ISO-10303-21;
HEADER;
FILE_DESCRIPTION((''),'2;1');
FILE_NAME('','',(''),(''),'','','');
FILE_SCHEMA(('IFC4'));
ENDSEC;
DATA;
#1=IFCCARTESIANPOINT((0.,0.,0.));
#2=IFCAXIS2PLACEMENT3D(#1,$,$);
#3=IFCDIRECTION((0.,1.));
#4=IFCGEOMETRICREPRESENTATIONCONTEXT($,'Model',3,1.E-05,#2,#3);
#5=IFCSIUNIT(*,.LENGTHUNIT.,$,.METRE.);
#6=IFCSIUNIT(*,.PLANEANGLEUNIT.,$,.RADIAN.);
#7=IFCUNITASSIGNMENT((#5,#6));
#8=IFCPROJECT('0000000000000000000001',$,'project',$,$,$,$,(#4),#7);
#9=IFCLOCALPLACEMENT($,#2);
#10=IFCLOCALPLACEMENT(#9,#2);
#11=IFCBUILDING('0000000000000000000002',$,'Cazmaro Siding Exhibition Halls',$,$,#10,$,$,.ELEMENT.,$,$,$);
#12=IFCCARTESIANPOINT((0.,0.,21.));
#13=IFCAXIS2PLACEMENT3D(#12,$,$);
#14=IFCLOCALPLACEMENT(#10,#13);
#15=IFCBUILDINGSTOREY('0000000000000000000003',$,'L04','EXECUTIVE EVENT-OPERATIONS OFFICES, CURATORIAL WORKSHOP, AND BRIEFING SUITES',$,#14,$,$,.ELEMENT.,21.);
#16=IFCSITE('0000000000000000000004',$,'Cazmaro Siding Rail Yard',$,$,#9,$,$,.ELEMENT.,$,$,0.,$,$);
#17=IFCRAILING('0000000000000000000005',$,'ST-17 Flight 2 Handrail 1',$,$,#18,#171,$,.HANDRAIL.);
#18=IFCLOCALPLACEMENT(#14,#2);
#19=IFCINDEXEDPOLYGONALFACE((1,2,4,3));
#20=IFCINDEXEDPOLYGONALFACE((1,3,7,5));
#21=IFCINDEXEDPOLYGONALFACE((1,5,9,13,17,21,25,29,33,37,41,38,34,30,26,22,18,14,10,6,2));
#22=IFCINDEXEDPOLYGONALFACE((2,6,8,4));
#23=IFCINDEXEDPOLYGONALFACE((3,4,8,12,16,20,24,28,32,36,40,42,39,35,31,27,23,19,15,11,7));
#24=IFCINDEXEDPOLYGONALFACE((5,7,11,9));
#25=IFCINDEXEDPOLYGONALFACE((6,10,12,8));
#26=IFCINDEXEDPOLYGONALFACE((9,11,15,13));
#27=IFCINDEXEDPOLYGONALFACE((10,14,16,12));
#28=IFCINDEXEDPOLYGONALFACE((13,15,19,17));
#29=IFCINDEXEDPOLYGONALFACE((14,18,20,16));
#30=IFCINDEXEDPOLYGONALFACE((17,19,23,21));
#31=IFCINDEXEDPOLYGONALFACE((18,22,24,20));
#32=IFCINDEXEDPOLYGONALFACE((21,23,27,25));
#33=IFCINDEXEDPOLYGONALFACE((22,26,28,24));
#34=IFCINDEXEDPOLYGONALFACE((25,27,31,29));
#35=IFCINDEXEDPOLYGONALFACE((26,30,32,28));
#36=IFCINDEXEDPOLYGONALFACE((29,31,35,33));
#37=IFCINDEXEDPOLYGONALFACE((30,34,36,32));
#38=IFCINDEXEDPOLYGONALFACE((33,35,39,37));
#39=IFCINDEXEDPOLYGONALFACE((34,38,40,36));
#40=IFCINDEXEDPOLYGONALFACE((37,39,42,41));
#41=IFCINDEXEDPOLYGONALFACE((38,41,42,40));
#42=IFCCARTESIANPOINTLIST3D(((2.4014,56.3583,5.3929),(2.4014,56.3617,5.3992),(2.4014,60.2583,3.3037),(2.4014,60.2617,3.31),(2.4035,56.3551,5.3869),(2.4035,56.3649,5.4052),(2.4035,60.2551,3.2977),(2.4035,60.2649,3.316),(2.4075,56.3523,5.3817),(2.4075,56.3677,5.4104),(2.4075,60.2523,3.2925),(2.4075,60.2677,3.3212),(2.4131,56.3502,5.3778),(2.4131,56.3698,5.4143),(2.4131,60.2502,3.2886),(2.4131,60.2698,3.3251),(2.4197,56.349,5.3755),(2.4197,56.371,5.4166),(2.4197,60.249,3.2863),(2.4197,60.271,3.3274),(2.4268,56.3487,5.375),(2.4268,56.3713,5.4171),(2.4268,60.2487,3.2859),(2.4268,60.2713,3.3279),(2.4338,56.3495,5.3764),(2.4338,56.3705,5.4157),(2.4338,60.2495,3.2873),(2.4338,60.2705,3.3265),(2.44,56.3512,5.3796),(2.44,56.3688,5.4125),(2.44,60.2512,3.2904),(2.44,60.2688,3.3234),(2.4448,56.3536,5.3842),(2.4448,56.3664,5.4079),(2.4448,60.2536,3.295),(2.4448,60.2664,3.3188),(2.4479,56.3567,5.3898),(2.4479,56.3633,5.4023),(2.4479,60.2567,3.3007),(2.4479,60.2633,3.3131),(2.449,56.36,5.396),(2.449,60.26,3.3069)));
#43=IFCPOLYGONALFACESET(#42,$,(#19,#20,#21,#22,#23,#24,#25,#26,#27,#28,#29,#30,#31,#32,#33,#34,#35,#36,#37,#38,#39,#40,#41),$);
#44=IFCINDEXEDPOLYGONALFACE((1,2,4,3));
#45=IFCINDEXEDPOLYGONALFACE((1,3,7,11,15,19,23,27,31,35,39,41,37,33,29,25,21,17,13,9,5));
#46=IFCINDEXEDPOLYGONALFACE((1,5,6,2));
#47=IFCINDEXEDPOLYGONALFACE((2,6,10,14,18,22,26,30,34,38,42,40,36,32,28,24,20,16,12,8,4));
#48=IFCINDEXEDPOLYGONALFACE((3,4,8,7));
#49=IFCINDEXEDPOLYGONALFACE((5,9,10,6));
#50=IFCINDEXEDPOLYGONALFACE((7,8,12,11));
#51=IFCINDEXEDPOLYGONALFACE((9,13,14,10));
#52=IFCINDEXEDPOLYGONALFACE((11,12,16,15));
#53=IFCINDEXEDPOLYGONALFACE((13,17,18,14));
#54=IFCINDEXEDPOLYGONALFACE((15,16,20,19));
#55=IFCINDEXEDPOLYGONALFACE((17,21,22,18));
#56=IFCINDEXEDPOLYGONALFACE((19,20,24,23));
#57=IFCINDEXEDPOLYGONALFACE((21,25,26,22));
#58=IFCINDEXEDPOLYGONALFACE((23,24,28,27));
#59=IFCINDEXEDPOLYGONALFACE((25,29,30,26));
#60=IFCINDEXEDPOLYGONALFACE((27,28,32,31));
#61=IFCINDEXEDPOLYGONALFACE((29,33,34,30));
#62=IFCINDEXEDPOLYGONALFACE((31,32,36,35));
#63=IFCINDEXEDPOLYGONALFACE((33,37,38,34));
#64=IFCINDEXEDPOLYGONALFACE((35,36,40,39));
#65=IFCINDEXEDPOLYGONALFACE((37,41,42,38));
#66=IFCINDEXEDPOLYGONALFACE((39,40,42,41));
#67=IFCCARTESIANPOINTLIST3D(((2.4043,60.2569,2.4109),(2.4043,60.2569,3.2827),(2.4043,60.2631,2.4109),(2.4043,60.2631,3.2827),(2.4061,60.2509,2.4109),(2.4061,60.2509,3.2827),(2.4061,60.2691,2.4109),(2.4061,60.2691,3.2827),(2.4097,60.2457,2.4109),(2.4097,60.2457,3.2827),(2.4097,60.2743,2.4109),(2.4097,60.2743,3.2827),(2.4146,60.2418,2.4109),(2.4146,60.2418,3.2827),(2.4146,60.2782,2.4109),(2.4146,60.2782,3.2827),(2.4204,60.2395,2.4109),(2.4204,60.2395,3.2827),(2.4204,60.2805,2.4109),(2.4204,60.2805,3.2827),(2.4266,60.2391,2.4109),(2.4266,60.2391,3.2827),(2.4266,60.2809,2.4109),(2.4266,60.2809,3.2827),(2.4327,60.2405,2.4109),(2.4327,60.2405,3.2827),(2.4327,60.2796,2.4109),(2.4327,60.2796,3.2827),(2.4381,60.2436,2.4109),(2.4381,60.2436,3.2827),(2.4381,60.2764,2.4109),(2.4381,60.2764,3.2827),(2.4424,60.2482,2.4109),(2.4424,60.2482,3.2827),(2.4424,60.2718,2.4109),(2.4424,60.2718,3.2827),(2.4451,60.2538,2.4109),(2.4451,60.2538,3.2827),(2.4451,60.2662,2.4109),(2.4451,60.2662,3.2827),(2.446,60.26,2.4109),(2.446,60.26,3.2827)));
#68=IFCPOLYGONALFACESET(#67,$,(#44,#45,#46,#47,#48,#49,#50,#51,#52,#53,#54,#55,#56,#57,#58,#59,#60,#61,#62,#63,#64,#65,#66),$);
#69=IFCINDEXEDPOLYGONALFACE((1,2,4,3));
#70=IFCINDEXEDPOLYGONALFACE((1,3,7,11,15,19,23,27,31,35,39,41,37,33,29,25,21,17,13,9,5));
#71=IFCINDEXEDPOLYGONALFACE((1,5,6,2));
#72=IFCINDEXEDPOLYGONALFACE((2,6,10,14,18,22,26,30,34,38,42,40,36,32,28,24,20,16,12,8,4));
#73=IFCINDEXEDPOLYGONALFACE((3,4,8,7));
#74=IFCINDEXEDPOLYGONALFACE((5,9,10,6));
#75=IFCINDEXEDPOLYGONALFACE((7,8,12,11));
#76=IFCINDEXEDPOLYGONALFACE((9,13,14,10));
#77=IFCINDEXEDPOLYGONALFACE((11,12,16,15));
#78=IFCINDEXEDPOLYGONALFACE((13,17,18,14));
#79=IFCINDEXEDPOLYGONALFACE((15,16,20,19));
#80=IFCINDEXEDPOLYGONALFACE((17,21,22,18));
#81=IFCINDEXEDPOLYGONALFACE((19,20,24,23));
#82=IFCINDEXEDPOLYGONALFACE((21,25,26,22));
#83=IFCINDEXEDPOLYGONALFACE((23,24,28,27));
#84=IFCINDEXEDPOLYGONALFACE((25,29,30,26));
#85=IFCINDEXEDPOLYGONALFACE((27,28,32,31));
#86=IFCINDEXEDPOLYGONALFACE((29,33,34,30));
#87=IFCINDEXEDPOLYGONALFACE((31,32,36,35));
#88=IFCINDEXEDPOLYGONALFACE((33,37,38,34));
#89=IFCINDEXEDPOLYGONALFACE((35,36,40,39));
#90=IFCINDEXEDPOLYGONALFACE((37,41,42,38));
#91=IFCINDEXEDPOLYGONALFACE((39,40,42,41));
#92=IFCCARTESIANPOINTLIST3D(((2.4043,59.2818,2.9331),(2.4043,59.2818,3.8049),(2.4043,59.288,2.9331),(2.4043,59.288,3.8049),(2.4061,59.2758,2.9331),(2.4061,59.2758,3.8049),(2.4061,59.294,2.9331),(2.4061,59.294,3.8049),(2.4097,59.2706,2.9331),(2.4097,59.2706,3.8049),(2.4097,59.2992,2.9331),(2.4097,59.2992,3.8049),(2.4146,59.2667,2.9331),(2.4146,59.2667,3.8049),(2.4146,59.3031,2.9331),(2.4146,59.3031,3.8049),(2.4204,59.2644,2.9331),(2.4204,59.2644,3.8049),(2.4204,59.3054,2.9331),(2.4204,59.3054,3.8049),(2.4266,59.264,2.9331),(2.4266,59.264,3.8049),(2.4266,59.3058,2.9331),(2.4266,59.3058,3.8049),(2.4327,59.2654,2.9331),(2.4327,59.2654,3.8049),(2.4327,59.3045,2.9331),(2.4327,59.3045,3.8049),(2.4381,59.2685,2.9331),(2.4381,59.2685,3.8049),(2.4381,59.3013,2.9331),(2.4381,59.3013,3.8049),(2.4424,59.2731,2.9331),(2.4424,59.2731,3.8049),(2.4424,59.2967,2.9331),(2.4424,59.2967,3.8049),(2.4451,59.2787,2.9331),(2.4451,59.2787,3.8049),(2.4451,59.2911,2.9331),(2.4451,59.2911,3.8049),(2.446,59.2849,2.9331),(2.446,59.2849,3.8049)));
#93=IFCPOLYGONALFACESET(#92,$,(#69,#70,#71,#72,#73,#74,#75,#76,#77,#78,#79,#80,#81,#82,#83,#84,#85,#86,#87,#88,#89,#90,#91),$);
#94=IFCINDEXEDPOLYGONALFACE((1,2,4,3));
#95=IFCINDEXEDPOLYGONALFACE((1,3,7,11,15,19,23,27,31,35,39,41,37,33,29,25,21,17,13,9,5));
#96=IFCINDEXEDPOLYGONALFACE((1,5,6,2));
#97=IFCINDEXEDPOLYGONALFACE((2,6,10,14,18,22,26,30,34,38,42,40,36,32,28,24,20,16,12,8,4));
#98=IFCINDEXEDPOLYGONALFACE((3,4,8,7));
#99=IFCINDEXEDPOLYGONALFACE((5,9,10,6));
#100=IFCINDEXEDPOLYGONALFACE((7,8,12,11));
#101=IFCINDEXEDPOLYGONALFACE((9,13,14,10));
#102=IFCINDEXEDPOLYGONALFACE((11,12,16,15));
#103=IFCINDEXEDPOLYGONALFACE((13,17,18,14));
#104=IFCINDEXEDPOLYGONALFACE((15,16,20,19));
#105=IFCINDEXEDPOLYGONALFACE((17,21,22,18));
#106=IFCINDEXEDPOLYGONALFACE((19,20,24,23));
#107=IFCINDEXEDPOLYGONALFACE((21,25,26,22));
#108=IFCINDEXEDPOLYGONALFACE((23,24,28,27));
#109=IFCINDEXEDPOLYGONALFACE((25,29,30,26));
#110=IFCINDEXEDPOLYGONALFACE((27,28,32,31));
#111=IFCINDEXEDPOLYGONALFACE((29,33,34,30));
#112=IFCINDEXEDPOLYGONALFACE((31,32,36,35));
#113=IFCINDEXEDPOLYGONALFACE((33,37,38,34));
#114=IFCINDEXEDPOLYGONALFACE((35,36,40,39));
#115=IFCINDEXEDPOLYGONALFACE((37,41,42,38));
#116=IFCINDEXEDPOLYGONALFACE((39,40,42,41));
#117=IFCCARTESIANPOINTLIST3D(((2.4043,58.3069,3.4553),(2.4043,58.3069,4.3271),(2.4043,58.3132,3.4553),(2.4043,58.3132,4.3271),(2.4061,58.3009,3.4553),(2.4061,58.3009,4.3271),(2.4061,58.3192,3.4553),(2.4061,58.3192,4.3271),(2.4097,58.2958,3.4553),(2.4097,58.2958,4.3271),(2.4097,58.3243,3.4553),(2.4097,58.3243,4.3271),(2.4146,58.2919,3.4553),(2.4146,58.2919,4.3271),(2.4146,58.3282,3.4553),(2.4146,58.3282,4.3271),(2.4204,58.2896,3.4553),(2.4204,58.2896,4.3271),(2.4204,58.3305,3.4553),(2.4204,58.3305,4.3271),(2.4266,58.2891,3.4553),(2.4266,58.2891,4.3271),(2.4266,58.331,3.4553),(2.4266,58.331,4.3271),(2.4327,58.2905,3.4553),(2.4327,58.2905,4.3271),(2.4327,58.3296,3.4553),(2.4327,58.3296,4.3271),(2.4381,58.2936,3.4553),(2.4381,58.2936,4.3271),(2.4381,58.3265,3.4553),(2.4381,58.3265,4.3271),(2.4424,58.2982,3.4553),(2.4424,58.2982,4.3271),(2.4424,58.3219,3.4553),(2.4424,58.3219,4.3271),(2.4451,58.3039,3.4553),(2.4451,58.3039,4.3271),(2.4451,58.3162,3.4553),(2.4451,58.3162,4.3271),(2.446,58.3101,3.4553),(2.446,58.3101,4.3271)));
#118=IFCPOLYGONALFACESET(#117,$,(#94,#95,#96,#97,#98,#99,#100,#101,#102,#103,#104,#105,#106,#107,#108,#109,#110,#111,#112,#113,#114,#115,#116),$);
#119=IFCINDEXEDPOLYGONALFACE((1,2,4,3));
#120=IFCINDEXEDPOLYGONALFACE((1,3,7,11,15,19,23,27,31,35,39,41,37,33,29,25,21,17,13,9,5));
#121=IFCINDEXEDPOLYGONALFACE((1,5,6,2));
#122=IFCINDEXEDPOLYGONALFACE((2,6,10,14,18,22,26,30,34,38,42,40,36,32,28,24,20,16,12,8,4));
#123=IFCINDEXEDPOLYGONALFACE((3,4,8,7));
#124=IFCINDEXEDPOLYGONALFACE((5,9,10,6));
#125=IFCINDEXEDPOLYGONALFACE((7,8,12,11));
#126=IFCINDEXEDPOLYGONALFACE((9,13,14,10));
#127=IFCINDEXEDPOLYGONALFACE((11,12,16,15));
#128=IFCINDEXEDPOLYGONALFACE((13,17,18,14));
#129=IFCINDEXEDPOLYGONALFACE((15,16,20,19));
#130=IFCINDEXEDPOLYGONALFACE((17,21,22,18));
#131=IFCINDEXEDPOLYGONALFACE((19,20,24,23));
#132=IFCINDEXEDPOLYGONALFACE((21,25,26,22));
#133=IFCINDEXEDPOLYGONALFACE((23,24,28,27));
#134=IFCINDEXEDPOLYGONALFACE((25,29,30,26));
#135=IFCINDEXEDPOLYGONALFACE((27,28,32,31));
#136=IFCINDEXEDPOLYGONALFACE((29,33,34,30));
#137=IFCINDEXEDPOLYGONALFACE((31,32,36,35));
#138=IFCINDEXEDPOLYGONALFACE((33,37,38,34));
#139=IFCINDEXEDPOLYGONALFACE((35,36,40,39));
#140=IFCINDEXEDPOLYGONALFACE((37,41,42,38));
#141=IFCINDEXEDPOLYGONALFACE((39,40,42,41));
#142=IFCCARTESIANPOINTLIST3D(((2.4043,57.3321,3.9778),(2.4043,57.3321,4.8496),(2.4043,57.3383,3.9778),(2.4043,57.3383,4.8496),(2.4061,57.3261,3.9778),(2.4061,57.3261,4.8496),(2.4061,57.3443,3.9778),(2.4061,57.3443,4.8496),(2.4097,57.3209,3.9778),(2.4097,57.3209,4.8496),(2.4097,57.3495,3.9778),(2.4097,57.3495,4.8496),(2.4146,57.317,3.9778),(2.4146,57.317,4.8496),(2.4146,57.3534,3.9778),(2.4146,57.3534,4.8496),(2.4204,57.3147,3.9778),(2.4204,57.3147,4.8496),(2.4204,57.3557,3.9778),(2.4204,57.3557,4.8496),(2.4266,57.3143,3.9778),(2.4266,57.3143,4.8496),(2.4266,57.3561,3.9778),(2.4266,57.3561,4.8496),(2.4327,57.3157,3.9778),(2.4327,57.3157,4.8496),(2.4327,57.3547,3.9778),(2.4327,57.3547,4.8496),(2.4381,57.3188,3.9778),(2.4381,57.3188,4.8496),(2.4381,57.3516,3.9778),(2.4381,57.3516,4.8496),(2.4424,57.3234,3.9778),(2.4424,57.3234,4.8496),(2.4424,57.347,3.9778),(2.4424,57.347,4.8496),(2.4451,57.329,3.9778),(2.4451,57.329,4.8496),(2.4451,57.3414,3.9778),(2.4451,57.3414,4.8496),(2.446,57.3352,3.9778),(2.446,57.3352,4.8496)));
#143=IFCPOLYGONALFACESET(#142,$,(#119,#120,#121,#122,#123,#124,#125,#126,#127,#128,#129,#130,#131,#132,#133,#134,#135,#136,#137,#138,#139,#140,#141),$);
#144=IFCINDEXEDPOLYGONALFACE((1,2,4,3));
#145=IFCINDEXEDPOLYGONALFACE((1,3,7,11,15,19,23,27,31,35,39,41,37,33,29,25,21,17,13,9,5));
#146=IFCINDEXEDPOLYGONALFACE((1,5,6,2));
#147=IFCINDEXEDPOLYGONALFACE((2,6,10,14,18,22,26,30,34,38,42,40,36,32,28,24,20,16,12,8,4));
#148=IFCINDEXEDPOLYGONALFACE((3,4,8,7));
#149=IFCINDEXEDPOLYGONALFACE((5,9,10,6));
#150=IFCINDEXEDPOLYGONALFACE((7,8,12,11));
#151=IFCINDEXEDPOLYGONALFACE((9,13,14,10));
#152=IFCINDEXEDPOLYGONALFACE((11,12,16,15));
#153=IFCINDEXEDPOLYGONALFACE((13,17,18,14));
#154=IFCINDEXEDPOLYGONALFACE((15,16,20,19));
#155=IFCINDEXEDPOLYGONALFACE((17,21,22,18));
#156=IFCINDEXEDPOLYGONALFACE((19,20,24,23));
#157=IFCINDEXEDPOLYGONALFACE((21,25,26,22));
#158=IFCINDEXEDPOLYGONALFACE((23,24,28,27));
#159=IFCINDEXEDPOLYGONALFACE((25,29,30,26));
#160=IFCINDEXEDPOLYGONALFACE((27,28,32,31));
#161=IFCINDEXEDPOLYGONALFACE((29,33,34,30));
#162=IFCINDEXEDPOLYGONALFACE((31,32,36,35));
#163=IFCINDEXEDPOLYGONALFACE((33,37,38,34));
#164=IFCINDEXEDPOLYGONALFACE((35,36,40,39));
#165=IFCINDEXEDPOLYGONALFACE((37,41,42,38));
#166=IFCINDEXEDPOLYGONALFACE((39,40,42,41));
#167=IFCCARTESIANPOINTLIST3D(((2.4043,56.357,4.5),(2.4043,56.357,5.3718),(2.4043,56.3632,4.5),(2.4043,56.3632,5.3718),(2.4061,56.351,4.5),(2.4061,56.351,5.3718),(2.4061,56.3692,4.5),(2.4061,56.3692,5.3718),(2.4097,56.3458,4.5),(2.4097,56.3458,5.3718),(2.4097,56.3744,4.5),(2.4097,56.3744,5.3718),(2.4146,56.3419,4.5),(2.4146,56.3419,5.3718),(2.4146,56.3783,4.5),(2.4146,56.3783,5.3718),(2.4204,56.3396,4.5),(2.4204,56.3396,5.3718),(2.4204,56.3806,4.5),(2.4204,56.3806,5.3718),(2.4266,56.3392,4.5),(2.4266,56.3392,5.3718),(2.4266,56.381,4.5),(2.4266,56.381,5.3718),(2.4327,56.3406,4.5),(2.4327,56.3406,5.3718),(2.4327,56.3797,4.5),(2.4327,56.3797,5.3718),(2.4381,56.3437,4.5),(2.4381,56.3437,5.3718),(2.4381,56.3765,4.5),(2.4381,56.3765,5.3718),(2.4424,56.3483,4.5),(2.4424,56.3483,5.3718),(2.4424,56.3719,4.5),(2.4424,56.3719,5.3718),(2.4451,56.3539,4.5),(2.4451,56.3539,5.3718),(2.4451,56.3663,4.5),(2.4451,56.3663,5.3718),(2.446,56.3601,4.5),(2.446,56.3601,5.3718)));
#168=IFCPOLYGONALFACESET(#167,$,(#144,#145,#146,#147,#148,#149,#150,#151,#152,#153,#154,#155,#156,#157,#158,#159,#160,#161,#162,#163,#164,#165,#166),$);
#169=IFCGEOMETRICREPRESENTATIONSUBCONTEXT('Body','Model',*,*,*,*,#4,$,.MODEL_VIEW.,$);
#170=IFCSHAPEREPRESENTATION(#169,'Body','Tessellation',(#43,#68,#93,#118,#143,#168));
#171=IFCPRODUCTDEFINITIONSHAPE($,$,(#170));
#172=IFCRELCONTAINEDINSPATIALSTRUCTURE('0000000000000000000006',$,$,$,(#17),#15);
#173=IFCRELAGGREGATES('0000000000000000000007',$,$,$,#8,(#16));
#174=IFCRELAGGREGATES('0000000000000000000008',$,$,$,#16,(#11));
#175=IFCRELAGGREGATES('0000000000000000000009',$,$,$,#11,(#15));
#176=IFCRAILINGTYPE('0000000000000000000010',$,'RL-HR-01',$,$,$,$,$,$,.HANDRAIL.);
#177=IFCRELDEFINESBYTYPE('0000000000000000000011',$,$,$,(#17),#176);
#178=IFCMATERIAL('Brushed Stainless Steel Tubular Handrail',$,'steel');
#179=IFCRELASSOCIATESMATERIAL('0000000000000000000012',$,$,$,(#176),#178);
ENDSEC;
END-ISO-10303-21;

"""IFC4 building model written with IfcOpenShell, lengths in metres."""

from ifc_helpers import new_model, si_unit, direction, frame, origin, origin_2d, place, context, subcontext, project, spatial, circle, extrude, material, type_object, element, save


model = new_model("IFC4")

# Units and contexts
model_context = context("Model", 3, precision=1e-05, world=origin(), true_north=direction((0.0, 1.0)))
body_context = subcontext(model_context, "Body", "Model", "MODEL_VIEW")
ifc_project = project(units=[si_unit("LENGTHUNIT", "METRE"), si_unit("PLANEANGLEUNIT", "RADIAN")], contexts=[model_context])

# Site, building, storey
site_placement = place(None, origin())
site = spatial("IfcSite", under=ifc_project, at=site_placement, Name="Cazmaro Siding Rail Yard", CompositionType="ELEMENT", RefElevation=0.0)
building_placement = place(site_placement, origin())
building = spatial("IfcBuilding", under=site, at=building_placement, Name="Cazmaro Siding Exhibition Halls", CompositionType="ELEMENT")
storey_placement = place(building_placement, frame((0.0, 0.0, 21.0)))
storey = spatial("IfcBuildingStorey", under=building, at=storey_placement, Name="L04", Description="EXECUTIVE EVENT-OPERATIONS OFFICES, CURATORIAL WORKSHOP, AND BRIEFING SUITES", CompositionType="ELEMENT", Elevation=21.0)

# Railing
ifc_material_1 = material(Name="Brushed Stainless Steel Tubular Handrail", Category="steel")
railing_type_1 = type_object("IfcRailingType", Name="RL-HR-01", PredefinedType="HANDRAIL", material=ifc_material_1)
railing_1_placement = place(storey_placement, frame((2.425, 60.26, 2.4109)))
element("IfcRailing", 1, at=railing_1_placement, inside=storey, type_object=railing_type_1, Name="ST-17 Flight 2 Handrail 1", PredefinedType="HANDRAIL", context=body_context, shape_type="SweptSolid", body=[
    extrude(circle(Radius=0.0239, at=origin_2d()), frame((0.0, 0.0, 0.896), z_axis=(0.0, -0.881491, 0.4722), x_axis=(1.0, 0.0, 0.0)), (0.0, 0.0, 1.0), 4.4243),
    extrude(circle(Radius=0.021, at=origin_2d()), origin(), (0.0, 0.0, 1.0), 0.8718),
    extrude(circle(Radius=0.021, at=origin_2d()), frame((0.0, -0.9751, 0.5222)), (0.0, 0.0, 1.0), 0.8718),
    extrude(circle(Radius=0.021, at=origin_2d()), frame((0.0, -1.95, 1.0444)), (0.0, 0.0, 1.0), 0.8718),
    extrude(circle(Radius=0.021, at=origin_2d()), frame((0.0, -2.9248, 1.5669)), (0.0, 0.0, 1.0), 0.8718),
    extrude(circle(Radius=0.021, at=origin_2d()), frame((0.0, -3.8999, 2.0891)), (0.0, 0.0, 1.0), 0.8718),
])

save(model, "model.ifc")
